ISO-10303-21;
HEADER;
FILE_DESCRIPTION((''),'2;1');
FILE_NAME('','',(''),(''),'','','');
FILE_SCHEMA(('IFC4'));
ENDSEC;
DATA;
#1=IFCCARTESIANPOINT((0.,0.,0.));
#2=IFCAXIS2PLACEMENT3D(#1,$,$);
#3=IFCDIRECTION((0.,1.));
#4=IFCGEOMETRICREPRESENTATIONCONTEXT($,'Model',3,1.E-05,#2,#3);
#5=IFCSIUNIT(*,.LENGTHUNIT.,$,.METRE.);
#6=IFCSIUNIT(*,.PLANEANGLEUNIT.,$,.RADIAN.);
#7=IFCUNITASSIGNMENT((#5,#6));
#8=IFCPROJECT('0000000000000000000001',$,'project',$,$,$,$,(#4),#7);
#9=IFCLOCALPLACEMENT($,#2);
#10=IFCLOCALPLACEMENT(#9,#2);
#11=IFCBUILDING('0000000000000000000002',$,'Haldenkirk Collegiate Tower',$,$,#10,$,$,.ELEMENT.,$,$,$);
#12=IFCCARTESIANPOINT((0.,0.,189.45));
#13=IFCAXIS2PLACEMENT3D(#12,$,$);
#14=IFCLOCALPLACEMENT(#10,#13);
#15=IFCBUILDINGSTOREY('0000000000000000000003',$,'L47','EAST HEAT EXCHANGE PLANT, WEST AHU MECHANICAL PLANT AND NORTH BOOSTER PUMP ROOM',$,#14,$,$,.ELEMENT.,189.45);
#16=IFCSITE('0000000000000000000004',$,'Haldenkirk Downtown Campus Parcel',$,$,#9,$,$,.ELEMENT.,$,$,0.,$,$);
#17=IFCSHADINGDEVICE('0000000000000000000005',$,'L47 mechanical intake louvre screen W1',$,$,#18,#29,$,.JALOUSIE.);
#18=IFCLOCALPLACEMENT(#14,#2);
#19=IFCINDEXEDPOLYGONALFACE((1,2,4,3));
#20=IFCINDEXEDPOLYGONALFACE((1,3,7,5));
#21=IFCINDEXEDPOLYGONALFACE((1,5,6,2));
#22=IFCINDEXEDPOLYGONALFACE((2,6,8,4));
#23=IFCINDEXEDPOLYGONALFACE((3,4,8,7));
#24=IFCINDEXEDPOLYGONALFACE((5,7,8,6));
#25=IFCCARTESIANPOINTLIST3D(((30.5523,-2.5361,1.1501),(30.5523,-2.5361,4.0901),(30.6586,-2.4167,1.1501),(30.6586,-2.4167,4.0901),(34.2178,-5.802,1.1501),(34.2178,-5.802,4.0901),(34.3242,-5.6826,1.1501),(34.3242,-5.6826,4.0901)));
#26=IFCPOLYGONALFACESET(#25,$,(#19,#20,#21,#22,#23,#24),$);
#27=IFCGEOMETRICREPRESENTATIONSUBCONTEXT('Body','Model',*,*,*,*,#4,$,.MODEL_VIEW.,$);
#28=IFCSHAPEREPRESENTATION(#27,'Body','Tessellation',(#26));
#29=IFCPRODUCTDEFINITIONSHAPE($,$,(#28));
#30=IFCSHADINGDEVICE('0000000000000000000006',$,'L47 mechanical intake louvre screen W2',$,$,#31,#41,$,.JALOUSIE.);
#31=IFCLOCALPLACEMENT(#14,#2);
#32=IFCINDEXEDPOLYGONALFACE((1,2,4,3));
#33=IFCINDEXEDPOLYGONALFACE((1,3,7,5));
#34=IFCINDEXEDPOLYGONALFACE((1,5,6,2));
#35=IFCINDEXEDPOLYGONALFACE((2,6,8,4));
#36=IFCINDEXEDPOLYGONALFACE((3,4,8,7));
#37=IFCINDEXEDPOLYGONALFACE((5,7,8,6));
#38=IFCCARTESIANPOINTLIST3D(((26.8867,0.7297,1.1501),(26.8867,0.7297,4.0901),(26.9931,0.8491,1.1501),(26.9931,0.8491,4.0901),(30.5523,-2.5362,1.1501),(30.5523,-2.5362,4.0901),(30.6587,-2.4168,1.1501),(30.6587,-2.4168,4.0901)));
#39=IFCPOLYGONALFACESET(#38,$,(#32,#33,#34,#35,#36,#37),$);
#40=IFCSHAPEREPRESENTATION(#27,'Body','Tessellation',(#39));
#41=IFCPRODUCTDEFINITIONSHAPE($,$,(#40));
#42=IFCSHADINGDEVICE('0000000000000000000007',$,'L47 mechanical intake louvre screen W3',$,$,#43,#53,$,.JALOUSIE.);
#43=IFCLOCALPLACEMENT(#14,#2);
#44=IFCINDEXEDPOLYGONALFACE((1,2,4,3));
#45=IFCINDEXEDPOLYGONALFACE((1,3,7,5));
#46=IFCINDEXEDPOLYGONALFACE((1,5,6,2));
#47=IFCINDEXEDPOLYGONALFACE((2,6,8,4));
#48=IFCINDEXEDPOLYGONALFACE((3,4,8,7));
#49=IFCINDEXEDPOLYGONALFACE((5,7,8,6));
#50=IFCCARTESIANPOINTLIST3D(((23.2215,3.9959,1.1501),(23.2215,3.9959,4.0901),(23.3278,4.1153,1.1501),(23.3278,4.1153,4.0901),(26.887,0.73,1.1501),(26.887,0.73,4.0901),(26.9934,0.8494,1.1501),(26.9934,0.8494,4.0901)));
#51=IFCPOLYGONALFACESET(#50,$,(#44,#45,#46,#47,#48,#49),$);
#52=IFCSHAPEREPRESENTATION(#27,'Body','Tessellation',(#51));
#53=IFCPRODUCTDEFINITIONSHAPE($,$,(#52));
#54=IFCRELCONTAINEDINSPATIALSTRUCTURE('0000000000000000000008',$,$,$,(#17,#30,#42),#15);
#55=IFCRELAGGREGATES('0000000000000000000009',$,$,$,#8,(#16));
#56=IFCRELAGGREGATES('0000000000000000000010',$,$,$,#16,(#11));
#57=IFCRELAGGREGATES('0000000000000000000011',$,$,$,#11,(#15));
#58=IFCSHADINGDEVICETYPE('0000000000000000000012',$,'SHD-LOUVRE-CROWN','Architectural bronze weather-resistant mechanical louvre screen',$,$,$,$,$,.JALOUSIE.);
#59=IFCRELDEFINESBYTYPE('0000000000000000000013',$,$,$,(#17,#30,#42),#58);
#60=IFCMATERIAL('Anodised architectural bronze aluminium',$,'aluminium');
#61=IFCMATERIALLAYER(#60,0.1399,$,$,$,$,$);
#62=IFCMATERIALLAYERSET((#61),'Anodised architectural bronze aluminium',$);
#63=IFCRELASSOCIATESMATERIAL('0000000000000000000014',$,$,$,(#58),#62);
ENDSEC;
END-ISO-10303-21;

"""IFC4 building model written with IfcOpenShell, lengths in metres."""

from ifc_helpers import new_model, si_unit, direction, frame, origin, origin_2d, place, context, subcontext, project, spatial, rectangle, extrude, source, transform, mapped, material, layer, layer_set, type_object, element, save


model = new_model("IFC4")

# Units and contexts
model_context = context("Model", 3, precision=1e-05, world=origin(), true_north=direction((0.0, 1.0)))
body_context = subcontext(model_context, "Body", "Model", "MODEL_VIEW")
ifc_project = project(units=[si_unit("LENGTHUNIT", "METRE"), si_unit("PLANEANGLEUNIT", "RADIAN")], contexts=[model_context])

# Site, building, storey
site_placement = place(None, origin())
site = spatial("IfcSite", under=ifc_project, at=site_placement, Name="Haldenkirk Downtown Campus Parcel", CompositionType="ELEMENT", RefElevation=0.0)
building_placement = place(site_placement, origin())
building = spatial("IfcBuilding", under=site, at=building_placement, Name="Haldenkirk Collegiate Tower", CompositionType="ELEMENT")
storey_placement = place(building_placement, frame((0.0, 0.0, 189.45)))
storey = spatial("IfcBuildingStorey", under=building, at=storey_placement, Name="L47", Description="EAST HEAT EXCHANGE PLANT, WEST AHU MECHANICAL PLANT AND NORTH BOOSTER PUMP ROOM", CompositionType="ELEMENT", Elevation=189.45)

# Shading devices
ifc_material_1 = material(Name="Anodised architectural bronze aluminium", Category="aluminium")
ifc_layer_1 = layer(ifc_material_1, 0.1399)
ifc_layer_set_1 = layer_set([ifc_layer_1], Name="Anodised architectural bronze aluminium")
shading_device_type = type_object("IfcShadingDeviceType", Name="SHD-LOUVRE-CROWN", Description="Architectural bronze weather-resistant mechanical louvre screen", PredefinedType="JALOUSIE", material=ifc_layer_set_1)
shared_shape_1 = source(origin(), body_context, "Body", "SweptSolid", [
    extrude(rectangle(XDim=4.9094, YDim=0.1599, at=origin_2d()), origin(), (0.0, 0.0, 1.0), 2.9399),
])
for number, where, z_axis, x_axis, name in (
    (1, (32.4382, -4.1094, 1.1501), (0.0, 0.0, 1.0), (-0.746638, 0.66523, 0.0), "L47 mechanical intake louvre screen W1"),
    (2, (28.7727, -0.8435, 1.1501), (0.0, 0.0, 1.0), (-0.746638, 0.66523, 0.0), "L47 mechanical intake louvre screen W2"),
    (3, (25.1074, 2.4226, 1.1501), (0.0, 0.0, 1.0), (-0.746638, 0.66523, 0.0), "L47 mechanical intake louvre screen W3"),
):
    element("IfcShadingDevice", number, at=place(storey_placement, frame(where, z_axis=z_axis, x_axis=x_axis)), inside=storey, type_object=shading_device_type, Name=name, PredefinedType="JALOUSIE", context=body_context, shape_type="MappedRepresentation", body=[
        mapped(shared_shape_1, transform((0.0, 0.0, 0.0), x_axis=(1.0, 0.0, 0.0), y_axis=(0.0, 1.0, 0.0), z_axis=(0.0, 0.0, 1.0), scale=1.0)),
    ])

save(model, "model.ifc")
